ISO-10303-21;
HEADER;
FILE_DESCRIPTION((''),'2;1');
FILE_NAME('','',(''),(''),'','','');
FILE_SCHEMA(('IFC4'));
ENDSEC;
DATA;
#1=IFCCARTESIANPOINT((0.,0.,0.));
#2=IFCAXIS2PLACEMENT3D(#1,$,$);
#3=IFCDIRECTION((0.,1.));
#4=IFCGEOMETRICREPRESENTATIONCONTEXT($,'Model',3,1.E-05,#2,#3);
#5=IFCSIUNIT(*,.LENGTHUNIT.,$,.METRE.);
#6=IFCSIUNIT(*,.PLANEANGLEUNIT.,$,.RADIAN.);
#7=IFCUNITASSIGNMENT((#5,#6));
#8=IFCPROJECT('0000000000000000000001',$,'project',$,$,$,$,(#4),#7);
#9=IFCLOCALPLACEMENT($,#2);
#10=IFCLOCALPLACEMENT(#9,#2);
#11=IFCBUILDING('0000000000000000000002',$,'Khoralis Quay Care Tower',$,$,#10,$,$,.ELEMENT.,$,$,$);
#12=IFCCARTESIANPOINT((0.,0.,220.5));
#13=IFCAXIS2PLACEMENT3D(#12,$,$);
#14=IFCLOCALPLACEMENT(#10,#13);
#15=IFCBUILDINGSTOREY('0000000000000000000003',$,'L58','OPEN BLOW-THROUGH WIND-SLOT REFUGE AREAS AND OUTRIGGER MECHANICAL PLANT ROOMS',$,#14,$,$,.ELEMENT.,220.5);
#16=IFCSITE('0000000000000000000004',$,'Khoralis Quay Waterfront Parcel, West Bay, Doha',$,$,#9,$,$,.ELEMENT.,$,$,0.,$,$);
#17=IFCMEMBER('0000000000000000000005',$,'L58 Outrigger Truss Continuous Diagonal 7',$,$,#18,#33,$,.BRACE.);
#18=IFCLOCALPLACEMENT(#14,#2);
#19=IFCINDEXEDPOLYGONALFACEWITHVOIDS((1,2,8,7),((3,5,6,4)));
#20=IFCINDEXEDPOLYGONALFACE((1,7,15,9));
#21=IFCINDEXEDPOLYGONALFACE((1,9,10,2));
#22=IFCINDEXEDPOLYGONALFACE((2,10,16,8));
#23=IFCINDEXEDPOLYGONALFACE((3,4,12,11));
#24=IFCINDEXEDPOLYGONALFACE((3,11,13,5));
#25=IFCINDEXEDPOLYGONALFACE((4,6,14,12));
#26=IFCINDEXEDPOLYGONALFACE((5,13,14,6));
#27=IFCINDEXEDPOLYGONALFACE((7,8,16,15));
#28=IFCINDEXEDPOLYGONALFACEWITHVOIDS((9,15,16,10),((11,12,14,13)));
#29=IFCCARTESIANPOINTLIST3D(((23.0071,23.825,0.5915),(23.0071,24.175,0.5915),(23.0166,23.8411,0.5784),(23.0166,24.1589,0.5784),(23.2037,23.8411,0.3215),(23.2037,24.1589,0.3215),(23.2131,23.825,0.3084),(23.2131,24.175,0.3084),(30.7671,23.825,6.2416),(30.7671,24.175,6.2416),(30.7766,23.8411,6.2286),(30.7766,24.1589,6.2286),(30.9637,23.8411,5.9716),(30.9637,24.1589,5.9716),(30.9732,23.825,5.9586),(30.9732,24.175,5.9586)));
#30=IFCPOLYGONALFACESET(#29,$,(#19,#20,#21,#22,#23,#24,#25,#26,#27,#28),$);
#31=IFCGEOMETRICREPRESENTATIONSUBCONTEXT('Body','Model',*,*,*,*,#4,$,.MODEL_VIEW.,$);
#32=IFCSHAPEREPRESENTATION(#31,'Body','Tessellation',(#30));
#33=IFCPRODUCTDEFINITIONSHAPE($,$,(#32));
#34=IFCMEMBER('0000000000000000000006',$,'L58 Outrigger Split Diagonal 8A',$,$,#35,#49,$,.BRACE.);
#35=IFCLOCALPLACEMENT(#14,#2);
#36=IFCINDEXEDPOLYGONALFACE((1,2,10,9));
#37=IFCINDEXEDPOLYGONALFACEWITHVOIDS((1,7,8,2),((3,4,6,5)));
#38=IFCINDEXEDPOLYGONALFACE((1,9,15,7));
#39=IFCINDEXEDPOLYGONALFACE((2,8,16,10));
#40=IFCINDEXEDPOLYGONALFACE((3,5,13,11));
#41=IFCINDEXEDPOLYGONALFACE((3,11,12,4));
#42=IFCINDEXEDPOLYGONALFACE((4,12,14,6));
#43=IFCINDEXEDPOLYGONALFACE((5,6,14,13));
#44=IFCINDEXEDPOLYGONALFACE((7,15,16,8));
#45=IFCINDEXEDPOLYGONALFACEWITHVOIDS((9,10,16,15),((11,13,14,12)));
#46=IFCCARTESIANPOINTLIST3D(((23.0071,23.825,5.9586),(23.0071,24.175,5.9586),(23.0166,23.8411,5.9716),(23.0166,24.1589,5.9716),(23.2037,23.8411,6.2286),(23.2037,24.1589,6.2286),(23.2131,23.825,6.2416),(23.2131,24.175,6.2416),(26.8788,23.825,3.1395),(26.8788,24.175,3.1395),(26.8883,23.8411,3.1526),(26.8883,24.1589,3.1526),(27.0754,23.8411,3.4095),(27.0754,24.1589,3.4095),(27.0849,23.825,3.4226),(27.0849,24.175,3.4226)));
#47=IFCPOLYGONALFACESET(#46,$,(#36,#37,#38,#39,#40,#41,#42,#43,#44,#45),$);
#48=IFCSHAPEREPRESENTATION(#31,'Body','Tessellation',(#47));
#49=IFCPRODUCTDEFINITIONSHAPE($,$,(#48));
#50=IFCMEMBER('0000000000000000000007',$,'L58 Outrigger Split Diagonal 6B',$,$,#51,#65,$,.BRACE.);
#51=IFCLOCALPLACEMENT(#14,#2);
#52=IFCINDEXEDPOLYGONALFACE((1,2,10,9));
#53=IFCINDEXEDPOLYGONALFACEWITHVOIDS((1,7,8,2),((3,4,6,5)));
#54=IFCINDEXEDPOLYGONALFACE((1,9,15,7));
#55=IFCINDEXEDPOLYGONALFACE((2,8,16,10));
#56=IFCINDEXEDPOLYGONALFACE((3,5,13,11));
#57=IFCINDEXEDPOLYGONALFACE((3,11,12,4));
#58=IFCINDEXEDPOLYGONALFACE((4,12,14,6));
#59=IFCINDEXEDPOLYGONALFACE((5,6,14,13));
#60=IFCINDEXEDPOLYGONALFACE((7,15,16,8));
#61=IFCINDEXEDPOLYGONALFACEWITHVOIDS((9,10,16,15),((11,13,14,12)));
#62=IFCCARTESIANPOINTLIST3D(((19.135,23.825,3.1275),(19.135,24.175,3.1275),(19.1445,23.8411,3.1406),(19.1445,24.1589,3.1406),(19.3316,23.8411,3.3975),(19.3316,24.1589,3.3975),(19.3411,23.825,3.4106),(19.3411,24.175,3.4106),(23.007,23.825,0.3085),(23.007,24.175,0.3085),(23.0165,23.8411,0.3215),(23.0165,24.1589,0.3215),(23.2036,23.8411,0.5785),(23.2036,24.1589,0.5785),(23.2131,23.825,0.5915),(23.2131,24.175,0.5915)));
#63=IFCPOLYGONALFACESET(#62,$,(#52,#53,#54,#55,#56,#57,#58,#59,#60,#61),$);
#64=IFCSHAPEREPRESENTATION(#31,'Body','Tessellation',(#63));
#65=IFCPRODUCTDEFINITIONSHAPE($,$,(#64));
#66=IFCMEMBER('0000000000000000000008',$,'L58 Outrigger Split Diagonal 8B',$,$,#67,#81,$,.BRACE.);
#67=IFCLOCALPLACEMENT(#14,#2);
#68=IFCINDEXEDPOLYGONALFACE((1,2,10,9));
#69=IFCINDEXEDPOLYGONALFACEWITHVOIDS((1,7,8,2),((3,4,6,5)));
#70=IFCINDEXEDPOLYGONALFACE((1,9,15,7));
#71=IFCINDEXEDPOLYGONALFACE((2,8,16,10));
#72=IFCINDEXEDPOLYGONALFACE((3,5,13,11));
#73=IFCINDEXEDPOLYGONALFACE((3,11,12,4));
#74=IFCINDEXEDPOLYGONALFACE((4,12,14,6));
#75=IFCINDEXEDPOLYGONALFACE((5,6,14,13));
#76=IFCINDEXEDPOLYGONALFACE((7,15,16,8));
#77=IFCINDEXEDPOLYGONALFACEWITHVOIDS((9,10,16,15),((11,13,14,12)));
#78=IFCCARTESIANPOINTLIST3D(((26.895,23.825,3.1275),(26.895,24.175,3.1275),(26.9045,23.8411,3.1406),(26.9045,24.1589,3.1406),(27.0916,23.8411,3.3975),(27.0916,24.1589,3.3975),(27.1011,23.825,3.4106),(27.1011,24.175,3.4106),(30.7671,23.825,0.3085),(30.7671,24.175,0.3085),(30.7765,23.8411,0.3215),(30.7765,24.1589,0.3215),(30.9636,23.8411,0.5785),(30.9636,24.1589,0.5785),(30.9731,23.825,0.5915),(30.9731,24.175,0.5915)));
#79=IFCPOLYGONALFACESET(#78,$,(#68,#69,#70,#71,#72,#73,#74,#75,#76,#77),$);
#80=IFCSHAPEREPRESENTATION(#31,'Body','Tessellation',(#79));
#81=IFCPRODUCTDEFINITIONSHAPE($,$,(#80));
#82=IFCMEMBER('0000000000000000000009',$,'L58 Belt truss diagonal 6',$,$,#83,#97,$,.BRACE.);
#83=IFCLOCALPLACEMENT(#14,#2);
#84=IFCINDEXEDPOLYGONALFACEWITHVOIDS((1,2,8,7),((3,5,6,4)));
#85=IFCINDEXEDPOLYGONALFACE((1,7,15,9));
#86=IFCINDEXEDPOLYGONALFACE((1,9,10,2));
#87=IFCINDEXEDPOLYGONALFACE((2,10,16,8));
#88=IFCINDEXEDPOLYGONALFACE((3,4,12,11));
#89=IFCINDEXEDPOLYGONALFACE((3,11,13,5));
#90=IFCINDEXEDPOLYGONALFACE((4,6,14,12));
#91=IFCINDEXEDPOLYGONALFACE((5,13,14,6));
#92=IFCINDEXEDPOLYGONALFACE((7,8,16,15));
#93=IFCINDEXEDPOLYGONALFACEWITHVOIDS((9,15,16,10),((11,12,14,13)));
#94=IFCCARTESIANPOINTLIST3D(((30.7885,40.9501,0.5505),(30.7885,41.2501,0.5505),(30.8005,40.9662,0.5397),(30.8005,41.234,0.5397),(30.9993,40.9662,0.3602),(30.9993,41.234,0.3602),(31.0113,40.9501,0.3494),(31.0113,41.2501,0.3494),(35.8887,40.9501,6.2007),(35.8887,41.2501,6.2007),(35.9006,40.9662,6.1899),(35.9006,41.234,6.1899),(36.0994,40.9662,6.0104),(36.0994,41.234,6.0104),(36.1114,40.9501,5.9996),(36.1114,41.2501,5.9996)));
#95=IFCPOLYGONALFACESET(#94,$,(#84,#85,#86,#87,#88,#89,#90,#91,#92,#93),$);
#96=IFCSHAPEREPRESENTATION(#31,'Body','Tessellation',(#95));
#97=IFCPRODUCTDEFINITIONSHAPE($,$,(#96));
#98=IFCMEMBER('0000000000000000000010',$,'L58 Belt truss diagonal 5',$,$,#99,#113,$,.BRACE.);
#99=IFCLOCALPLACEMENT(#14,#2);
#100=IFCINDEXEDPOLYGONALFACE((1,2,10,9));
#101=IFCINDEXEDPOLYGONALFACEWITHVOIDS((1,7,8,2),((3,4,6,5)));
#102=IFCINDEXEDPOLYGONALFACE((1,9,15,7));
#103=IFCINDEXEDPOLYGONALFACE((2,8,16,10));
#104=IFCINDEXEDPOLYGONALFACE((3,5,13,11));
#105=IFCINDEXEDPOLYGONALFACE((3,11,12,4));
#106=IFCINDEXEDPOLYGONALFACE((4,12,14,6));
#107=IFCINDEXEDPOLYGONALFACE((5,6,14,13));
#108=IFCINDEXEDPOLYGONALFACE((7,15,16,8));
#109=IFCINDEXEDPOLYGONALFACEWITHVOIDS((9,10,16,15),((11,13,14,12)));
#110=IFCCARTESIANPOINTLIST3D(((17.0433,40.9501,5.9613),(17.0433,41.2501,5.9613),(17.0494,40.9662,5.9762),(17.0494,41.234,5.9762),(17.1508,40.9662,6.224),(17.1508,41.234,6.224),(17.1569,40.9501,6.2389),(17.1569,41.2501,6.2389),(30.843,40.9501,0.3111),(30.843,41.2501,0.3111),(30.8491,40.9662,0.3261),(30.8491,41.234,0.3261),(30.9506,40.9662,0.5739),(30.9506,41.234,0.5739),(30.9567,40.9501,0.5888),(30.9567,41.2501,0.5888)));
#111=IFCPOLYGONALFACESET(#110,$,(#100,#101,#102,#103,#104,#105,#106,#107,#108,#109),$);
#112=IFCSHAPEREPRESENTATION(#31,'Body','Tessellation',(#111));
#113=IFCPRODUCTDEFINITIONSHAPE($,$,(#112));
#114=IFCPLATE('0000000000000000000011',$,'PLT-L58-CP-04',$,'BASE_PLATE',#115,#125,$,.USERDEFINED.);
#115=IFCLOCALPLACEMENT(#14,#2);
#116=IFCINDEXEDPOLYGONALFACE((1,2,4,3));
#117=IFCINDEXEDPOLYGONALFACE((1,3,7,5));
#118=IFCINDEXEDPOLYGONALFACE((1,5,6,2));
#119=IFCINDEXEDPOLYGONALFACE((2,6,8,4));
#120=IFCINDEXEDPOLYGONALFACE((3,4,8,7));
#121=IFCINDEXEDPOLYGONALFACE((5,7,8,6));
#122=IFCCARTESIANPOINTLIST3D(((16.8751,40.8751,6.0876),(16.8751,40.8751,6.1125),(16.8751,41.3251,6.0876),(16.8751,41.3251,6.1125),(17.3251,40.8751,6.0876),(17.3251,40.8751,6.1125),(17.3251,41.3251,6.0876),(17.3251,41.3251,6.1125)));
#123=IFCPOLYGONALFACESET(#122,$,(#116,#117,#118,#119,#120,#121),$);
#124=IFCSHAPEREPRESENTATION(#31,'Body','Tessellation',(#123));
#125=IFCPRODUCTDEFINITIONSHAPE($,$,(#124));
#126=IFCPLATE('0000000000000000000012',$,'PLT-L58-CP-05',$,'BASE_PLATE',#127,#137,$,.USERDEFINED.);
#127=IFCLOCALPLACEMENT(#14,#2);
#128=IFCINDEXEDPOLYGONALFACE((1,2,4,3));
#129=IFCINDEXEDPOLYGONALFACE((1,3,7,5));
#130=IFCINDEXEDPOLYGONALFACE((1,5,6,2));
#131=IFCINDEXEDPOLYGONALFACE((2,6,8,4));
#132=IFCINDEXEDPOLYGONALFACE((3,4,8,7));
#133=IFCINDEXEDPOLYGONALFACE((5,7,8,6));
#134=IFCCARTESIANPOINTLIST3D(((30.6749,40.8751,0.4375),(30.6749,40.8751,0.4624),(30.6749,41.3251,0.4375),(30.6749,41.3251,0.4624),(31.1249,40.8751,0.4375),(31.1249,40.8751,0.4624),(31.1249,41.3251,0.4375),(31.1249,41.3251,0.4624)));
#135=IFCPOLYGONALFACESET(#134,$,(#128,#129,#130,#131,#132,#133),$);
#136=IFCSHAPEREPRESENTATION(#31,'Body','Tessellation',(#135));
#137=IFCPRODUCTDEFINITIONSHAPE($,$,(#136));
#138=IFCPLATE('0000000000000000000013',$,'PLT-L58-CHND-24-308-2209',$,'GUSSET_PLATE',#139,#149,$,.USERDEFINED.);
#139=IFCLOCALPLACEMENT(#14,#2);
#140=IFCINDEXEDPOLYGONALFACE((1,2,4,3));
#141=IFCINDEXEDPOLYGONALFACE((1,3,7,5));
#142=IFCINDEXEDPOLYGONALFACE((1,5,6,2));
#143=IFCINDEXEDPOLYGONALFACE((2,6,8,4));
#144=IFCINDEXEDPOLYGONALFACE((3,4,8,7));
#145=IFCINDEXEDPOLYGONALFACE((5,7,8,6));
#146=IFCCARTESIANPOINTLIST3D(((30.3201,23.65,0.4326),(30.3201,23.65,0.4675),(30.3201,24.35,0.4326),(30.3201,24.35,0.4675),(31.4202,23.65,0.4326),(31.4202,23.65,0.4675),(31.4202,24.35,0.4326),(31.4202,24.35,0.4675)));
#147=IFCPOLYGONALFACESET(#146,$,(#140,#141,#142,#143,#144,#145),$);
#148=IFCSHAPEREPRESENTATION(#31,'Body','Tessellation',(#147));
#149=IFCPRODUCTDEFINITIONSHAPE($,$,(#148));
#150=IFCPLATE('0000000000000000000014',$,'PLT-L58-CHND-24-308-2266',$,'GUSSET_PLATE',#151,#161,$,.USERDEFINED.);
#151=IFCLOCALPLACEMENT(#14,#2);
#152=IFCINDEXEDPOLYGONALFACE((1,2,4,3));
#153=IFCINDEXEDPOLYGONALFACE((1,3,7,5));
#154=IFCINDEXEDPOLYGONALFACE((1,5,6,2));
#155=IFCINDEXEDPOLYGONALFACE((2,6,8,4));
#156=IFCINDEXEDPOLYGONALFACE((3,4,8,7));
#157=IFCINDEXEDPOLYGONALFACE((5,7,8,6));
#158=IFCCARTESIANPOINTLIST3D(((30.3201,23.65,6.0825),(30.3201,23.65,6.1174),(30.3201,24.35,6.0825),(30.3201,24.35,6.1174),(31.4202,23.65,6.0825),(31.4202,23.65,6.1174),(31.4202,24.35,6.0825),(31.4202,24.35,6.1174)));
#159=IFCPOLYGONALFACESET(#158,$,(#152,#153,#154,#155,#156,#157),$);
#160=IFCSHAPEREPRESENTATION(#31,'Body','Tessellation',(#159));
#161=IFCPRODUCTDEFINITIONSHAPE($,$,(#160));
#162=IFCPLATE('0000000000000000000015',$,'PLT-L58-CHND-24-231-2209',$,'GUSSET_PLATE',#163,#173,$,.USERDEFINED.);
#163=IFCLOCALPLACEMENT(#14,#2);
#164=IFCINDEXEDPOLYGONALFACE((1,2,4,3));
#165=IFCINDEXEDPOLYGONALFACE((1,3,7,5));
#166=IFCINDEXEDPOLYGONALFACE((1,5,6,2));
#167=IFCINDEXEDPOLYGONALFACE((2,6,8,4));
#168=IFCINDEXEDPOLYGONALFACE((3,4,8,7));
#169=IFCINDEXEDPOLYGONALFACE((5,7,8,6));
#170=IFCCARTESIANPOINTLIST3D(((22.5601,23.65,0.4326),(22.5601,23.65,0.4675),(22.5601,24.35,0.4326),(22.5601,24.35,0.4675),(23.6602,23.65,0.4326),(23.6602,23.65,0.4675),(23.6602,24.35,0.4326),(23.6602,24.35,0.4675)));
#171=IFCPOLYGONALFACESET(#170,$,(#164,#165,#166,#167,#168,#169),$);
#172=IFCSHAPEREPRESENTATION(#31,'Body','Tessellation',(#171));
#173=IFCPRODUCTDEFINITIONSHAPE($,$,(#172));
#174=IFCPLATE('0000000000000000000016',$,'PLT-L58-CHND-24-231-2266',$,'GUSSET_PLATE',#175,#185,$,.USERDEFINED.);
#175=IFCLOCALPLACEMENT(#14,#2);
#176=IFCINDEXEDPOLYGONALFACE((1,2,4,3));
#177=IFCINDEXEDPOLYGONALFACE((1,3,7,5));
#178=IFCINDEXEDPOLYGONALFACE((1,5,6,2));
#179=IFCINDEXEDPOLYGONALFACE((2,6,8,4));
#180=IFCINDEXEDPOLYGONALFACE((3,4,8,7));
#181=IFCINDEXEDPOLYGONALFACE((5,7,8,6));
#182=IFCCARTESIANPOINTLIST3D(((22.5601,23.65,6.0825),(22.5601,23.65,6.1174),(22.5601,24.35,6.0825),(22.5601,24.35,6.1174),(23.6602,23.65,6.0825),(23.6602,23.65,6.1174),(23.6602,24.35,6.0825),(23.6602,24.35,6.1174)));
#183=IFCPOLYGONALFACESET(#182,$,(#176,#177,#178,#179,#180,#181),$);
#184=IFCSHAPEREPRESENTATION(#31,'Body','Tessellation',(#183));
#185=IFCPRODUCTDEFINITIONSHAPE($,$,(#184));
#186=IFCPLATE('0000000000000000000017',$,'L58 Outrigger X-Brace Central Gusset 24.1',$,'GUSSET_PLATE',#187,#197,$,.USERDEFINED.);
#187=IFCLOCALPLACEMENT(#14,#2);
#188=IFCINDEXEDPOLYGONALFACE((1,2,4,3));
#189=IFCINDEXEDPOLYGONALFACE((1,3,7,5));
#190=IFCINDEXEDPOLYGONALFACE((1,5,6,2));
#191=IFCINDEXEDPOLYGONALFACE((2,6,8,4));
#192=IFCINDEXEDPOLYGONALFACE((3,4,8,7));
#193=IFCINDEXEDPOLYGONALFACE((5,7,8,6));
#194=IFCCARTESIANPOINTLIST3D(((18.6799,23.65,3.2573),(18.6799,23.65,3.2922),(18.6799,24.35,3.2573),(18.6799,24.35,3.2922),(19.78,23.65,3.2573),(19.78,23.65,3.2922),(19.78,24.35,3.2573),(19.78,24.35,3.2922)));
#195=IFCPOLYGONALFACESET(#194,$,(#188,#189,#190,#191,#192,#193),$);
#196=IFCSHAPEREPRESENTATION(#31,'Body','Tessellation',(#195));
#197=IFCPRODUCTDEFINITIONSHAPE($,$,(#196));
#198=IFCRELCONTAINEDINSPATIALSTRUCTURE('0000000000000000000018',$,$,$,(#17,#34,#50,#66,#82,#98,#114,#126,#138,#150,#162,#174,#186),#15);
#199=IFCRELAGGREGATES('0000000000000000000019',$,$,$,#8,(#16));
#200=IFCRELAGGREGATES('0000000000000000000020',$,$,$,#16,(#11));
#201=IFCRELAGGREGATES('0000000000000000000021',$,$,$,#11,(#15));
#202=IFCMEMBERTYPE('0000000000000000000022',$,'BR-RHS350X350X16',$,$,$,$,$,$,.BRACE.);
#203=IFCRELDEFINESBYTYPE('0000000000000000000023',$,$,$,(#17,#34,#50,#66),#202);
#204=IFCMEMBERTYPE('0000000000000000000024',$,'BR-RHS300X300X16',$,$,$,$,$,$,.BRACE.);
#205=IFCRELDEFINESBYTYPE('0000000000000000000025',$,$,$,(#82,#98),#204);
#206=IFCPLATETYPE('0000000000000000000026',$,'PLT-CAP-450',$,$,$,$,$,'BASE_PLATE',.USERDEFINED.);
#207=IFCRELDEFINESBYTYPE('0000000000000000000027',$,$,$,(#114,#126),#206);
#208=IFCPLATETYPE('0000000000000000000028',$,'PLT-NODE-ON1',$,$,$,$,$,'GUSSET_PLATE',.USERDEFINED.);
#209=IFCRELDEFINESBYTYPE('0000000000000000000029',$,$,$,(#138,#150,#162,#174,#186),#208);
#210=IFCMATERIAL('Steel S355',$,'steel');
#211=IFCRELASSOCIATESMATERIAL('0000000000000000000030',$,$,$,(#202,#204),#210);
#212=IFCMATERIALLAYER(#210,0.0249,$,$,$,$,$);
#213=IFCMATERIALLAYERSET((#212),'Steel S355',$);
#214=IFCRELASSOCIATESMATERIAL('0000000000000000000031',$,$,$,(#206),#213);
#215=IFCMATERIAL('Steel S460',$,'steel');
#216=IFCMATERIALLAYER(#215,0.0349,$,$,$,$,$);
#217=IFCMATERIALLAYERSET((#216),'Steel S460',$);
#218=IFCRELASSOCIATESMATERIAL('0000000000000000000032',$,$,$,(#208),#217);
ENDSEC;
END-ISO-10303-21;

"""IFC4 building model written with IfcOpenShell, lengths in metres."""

from ifc_helpers import new_model, si_unit, direction, frame, origin, origin_2d, place, context, subcontext, project, spatial, rectangle, hollow_rectangle, extrude, source, transform, mapped, material, layer, layer_set, material_profile, profile_set, type_object, element, save


model = new_model("IFC4")

# Units and contexts
model_context = context("Model", 3, precision=1e-05, world=origin(), true_north=direction((0.0, 1.0)))
body_context = subcontext(model_context, "Body", "Model", "MODEL_VIEW")
ifc_project = project(units=[si_unit("LENGTHUNIT", "METRE"), si_unit("PLANEANGLEUNIT", "RADIAN")], contexts=[model_context])

# Site, building, storey
site_placement = place(None, origin())
site = spatial("IfcSite", under=ifc_project, at=site_placement, Name="Khoralis Quay Waterfront Parcel, West Bay, Doha", CompositionType="ELEMENT", RefElevation=0.0)
building_placement = place(site_placement, origin())
building = spatial("IfcBuilding", under=site, at=building_placement, Name="Khoralis Quay Care Tower", CompositionType="ELEMENT")
storey_placement = place(building_placement, frame((0.0, 0.0, 220.5)))
storey = spatial("IfcBuildingStorey", under=building, at=storey_placement, Name="L58", Description="OPEN BLOW-THROUGH WIND-SLOT REFUGE AREAS AND OUTRIGGER MECHANICAL PLANT ROOMS", CompositionType="ELEMENT", Elevation=220.5)

# Shared definitions
ifc_material_1 = material(Name="Steel S355", Category="steel")

# Members
ifc_material_profile_1 = material_profile(ifc_material_1, hollow_rectangle(XDim=0.3501, YDim=0.3501, WallThickness=0.0161, at=origin_2d()), Name="Steel S355")
ifc_profile_set_1 = profile_set([ifc_material_profile_1], Name="Steel S355")
member_type_1 = type_object("IfcMemberType", Name="BR-RHS350X350X16", PredefinedType="BRACE", material=ifc_profile_set_1)
shared_shape_1 = source(origin(), body_context, "Body", "SweptSolid", [
    extrude(hollow_rectangle(XDim=0.3501, YDim=0.3501, WallThickness=0.0161, at=origin_2d()), origin(), (0.0, 0.0, 1.0), 9.5991),
])
member_1_placement = place(storey_placement, frame((23.1101, 24.0, 0.45), z_axis=(0.808414, 0.0, 0.588615), x_axis=(0.0, 1.0, 0.0)))
element("IfcMember", 1, at=member_1_placement, inside=storey, type_object=member_type_1, Name="L58 Outrigger Truss Continuous Diagonal 7", PredefinedType="BRACE", context=body_context, shape_type="MappedRepresentation", body=[
    mapped(shared_shape_1, transform((0.0, 0.0, 0.0), scale=1.0)),
])
shared_shape_2 = source(origin(), body_context, "Body", "SweptSolid", [
    extrude(hollow_rectangle(XDim=0.3501, YDim=0.3501, WallThickness=0.0161, at=origin_2d()), origin(), (0.0, 0.0, 1.0), 4.7893),
])
member_2_placement = place(storey_placement, frame((23.1101, 24.0, 6.1001), z_axis=(0.808416, 0.0, -0.588611), x_axis=(0.0, 1.0, 0.0)))
element("IfcMember", 2, at=member_2_placement, inside=storey, type_object=member_type_1, Name="L58 Outrigger Split Diagonal 8A", PredefinedType="BRACE", context=body_context, shape_type="MappedRepresentation", body=[
    mapped(shared_shape_2, transform((0.0, 0.0, 0.0), scale=1.0)),
])
shared_shape_3 = source(origin(), body_context, "Body", "SweptSolid", [
    extrude(hollow_rectangle(XDim=0.3501, YDim=0.3501, WallThickness=0.0161, at=origin_2d()), origin(), (0.0, 0.0, 1.0), 4.7896),
])
for number, where, z_axis, x_axis, name in (
    (3, (19.238, 24.0, 3.269), (0.808434, 0.0, -0.588587), (0.0, 1.0, 0.0), "L58 Outrigger Split Diagonal 6B"),
    (4, (26.998, 24.0, 3.269), (0.808434, 0.0, -0.588587), (0.0, 1.0, 0.0), "L58 Outrigger Split Diagonal 8B"),
):
    element("IfcMember", number, at=place(storey_placement, frame(where, z_axis=z_axis, x_axis=x_axis)), inside=storey, type_object=member_type_1, Name=name, PredefinedType="BRACE", context=body_context, shape_type="MappedRepresentation", body=[
        mapped(shared_shape_3, transform((0.0, 0.0, 0.0), scale=1.0)),
    ])
ifc_material_profile_2 = material_profile(ifc_material_1, hollow_rectangle(XDim=0.3, YDim=0.3, WallThickness=0.0161, at=origin_2d()), Name="Steel S355")
ifc_profile_set_2 = profile_set([ifc_material_profile_2], Name="Steel S355")
member_type_2 = type_object("IfcMemberType", Name="BR-RHS300X300X16", PredefinedType="BRACE", material=ifc_profile_set_2)
shared_shape_4 = source(origin(), body_context, "Body", "SweptSolid", [
    extrude(hollow_rectangle(XDim=0.3, YDim=0.3, WallThickness=0.0161, at=origin_2d()), origin(), (0.0, 0.0, 1.0), 7.6116),
])
member_3_placement = place(storey_placement, frame((30.8999, 41.1001, 0.45), z_axis=(0.67005, 0.0, 0.742316), x_axis=(0.0, 1.0, 0.0)))
element("IfcMember", 5, at=member_3_placement, inside=storey, type_object=member_type_2, Name="L58 Belt truss diagonal 6", PredefinedType="BRACE", context=body_context, shape_type="MappedRepresentation", body=[
    mapped(shared_shape_4, transform((0.0, 0.0, 0.0), scale=1.0)),
])
shared_shape_5 = source(origin(), body_context, "Body", "SweptSolid", [
    extrude(hollow_rectangle(XDim=0.3, YDim=0.3, WallThickness=0.0161, at=origin_2d()), origin(), (0.0, 0.0, 1.0), 14.9116),
])
member_4_placement = place(storey_placement, frame((17.1001, 41.1001, 6.1001), z_axis=(0.925435, 0.0, -0.378907), x_axis=(0.0, 1.0, 0.0)))
element("IfcMember", 6, at=member_4_placement, inside=storey, type_object=member_type_2, Name="L58 Belt truss diagonal 5", PredefinedType="BRACE", context=body_context, shape_type="MappedRepresentation", body=[
    mapped(shared_shape_5, transform((0.0, 0.0, 0.0), scale=1.0)),
])

# Plates
ifc_layer_1 = layer(ifc_material_1, 0.0249)
ifc_layer_set_1 = layer_set([ifc_layer_1], Name="Steel S355")
plate_type_1 = type_object("IfcPlateType", Name="PLT-CAP-450", ElementType="BASE_PLATE", PredefinedType="USERDEFINED", material=ifc_layer_set_1)
shared_shape_6 = source(origin(), body_context, "Body", "SweptSolid", [
    extrude(rectangle(XDim=0.45, YDim=0.45, at=origin_2d()), origin(), (0.0, 0.0, 1.0), 0.0249),
])
for number, where, z_axis, x_axis, name in (
    (7, (17.1001, 41.1001, 6.0876), (0.0, 0.0, 1.0), (1.0, 0.0, 0.0), "PLT-L58-CP-04"),
    (8, (30.8999, 41.1001, 0.4375), (0.0, 0.0, 1.0), (1.0, 0.0, 0.0), "PLT-L58-CP-05"),
):
    element("IfcPlate", number, at=place(storey_placement, frame(where, z_axis=z_axis, x_axis=x_axis)), inside=storey, type_object=plate_type_1, Name=name, ObjectType="BASE_PLATE", PredefinedType="USERDEFINED", context=body_context, shape_type="MappedRepresentation", body=[
        mapped(shared_shape_6, transform((0.0, 0.0, 0.0), scale=1.0)),
    ])
ifc_material_2 = material(Name="Steel S460", Category="steel")
ifc_layer_2 = layer(ifc_material_2, 0.0349)
ifc_layer_set_2 = layer_set([ifc_layer_2], Name="Steel S460")
plate_type_2 = type_object("IfcPlateType", Name="PLT-NODE-ON1", ElementType="GUSSET_PLATE", PredefinedType="USERDEFINED", material=ifc_layer_set_2)
shared_shape_7 = source(origin(), body_context, "Body", "SweptSolid", [
    extrude(rectangle(XDim=1.1001, YDim=0.7, at=origin_2d()), origin(), (0.0, 0.0, 1.0), 0.0349),
])
for number, where, z_axis, x_axis, name in (
    (9, (30.8701, 24.0, 0.4326), (0.0, 0.0, 1.0), (1.0, 0.0, 0.0), "PLT-L58-CHND-24-308-2209"),
    (10, (30.8701, 24.0, 6.0825), (0.0, 0.0, 1.0), (1.0, 0.0, 0.0), "PLT-L58-CHND-24-308-2266"),
    (11, (23.1101, 24.0, 0.4326), (0.0, 0.0, 1.0), (1.0, 0.0, 0.0), "PLT-L58-CHND-24-231-2209"),
    (12, (23.1101, 24.0, 6.0825), (0.0, 0.0, 1.0), (1.0, 0.0, 0.0), "PLT-L58-CHND-24-231-2266"),
    (13, (19.23, 24.0, 3.2573), (0.0, 0.0, 1.0), (1.0, 0.0, 0.0), "L58 Outrigger X-Brace Central Gusset 24.1"),
):
    element("IfcPlate", number, at=place(storey_placement, frame(where, z_axis=z_axis, x_axis=x_axis)), inside=storey, type_object=plate_type_2, Name=name, ObjectType="GUSSET_PLATE", PredefinedType="USERDEFINED", context=body_context, shape_type="MappedRepresentation", body=[
        mapped(shared_shape_7, transform((0.0, 0.0, 0.0), scale=1.0)),
    ])

save(model, "model.ifc")
